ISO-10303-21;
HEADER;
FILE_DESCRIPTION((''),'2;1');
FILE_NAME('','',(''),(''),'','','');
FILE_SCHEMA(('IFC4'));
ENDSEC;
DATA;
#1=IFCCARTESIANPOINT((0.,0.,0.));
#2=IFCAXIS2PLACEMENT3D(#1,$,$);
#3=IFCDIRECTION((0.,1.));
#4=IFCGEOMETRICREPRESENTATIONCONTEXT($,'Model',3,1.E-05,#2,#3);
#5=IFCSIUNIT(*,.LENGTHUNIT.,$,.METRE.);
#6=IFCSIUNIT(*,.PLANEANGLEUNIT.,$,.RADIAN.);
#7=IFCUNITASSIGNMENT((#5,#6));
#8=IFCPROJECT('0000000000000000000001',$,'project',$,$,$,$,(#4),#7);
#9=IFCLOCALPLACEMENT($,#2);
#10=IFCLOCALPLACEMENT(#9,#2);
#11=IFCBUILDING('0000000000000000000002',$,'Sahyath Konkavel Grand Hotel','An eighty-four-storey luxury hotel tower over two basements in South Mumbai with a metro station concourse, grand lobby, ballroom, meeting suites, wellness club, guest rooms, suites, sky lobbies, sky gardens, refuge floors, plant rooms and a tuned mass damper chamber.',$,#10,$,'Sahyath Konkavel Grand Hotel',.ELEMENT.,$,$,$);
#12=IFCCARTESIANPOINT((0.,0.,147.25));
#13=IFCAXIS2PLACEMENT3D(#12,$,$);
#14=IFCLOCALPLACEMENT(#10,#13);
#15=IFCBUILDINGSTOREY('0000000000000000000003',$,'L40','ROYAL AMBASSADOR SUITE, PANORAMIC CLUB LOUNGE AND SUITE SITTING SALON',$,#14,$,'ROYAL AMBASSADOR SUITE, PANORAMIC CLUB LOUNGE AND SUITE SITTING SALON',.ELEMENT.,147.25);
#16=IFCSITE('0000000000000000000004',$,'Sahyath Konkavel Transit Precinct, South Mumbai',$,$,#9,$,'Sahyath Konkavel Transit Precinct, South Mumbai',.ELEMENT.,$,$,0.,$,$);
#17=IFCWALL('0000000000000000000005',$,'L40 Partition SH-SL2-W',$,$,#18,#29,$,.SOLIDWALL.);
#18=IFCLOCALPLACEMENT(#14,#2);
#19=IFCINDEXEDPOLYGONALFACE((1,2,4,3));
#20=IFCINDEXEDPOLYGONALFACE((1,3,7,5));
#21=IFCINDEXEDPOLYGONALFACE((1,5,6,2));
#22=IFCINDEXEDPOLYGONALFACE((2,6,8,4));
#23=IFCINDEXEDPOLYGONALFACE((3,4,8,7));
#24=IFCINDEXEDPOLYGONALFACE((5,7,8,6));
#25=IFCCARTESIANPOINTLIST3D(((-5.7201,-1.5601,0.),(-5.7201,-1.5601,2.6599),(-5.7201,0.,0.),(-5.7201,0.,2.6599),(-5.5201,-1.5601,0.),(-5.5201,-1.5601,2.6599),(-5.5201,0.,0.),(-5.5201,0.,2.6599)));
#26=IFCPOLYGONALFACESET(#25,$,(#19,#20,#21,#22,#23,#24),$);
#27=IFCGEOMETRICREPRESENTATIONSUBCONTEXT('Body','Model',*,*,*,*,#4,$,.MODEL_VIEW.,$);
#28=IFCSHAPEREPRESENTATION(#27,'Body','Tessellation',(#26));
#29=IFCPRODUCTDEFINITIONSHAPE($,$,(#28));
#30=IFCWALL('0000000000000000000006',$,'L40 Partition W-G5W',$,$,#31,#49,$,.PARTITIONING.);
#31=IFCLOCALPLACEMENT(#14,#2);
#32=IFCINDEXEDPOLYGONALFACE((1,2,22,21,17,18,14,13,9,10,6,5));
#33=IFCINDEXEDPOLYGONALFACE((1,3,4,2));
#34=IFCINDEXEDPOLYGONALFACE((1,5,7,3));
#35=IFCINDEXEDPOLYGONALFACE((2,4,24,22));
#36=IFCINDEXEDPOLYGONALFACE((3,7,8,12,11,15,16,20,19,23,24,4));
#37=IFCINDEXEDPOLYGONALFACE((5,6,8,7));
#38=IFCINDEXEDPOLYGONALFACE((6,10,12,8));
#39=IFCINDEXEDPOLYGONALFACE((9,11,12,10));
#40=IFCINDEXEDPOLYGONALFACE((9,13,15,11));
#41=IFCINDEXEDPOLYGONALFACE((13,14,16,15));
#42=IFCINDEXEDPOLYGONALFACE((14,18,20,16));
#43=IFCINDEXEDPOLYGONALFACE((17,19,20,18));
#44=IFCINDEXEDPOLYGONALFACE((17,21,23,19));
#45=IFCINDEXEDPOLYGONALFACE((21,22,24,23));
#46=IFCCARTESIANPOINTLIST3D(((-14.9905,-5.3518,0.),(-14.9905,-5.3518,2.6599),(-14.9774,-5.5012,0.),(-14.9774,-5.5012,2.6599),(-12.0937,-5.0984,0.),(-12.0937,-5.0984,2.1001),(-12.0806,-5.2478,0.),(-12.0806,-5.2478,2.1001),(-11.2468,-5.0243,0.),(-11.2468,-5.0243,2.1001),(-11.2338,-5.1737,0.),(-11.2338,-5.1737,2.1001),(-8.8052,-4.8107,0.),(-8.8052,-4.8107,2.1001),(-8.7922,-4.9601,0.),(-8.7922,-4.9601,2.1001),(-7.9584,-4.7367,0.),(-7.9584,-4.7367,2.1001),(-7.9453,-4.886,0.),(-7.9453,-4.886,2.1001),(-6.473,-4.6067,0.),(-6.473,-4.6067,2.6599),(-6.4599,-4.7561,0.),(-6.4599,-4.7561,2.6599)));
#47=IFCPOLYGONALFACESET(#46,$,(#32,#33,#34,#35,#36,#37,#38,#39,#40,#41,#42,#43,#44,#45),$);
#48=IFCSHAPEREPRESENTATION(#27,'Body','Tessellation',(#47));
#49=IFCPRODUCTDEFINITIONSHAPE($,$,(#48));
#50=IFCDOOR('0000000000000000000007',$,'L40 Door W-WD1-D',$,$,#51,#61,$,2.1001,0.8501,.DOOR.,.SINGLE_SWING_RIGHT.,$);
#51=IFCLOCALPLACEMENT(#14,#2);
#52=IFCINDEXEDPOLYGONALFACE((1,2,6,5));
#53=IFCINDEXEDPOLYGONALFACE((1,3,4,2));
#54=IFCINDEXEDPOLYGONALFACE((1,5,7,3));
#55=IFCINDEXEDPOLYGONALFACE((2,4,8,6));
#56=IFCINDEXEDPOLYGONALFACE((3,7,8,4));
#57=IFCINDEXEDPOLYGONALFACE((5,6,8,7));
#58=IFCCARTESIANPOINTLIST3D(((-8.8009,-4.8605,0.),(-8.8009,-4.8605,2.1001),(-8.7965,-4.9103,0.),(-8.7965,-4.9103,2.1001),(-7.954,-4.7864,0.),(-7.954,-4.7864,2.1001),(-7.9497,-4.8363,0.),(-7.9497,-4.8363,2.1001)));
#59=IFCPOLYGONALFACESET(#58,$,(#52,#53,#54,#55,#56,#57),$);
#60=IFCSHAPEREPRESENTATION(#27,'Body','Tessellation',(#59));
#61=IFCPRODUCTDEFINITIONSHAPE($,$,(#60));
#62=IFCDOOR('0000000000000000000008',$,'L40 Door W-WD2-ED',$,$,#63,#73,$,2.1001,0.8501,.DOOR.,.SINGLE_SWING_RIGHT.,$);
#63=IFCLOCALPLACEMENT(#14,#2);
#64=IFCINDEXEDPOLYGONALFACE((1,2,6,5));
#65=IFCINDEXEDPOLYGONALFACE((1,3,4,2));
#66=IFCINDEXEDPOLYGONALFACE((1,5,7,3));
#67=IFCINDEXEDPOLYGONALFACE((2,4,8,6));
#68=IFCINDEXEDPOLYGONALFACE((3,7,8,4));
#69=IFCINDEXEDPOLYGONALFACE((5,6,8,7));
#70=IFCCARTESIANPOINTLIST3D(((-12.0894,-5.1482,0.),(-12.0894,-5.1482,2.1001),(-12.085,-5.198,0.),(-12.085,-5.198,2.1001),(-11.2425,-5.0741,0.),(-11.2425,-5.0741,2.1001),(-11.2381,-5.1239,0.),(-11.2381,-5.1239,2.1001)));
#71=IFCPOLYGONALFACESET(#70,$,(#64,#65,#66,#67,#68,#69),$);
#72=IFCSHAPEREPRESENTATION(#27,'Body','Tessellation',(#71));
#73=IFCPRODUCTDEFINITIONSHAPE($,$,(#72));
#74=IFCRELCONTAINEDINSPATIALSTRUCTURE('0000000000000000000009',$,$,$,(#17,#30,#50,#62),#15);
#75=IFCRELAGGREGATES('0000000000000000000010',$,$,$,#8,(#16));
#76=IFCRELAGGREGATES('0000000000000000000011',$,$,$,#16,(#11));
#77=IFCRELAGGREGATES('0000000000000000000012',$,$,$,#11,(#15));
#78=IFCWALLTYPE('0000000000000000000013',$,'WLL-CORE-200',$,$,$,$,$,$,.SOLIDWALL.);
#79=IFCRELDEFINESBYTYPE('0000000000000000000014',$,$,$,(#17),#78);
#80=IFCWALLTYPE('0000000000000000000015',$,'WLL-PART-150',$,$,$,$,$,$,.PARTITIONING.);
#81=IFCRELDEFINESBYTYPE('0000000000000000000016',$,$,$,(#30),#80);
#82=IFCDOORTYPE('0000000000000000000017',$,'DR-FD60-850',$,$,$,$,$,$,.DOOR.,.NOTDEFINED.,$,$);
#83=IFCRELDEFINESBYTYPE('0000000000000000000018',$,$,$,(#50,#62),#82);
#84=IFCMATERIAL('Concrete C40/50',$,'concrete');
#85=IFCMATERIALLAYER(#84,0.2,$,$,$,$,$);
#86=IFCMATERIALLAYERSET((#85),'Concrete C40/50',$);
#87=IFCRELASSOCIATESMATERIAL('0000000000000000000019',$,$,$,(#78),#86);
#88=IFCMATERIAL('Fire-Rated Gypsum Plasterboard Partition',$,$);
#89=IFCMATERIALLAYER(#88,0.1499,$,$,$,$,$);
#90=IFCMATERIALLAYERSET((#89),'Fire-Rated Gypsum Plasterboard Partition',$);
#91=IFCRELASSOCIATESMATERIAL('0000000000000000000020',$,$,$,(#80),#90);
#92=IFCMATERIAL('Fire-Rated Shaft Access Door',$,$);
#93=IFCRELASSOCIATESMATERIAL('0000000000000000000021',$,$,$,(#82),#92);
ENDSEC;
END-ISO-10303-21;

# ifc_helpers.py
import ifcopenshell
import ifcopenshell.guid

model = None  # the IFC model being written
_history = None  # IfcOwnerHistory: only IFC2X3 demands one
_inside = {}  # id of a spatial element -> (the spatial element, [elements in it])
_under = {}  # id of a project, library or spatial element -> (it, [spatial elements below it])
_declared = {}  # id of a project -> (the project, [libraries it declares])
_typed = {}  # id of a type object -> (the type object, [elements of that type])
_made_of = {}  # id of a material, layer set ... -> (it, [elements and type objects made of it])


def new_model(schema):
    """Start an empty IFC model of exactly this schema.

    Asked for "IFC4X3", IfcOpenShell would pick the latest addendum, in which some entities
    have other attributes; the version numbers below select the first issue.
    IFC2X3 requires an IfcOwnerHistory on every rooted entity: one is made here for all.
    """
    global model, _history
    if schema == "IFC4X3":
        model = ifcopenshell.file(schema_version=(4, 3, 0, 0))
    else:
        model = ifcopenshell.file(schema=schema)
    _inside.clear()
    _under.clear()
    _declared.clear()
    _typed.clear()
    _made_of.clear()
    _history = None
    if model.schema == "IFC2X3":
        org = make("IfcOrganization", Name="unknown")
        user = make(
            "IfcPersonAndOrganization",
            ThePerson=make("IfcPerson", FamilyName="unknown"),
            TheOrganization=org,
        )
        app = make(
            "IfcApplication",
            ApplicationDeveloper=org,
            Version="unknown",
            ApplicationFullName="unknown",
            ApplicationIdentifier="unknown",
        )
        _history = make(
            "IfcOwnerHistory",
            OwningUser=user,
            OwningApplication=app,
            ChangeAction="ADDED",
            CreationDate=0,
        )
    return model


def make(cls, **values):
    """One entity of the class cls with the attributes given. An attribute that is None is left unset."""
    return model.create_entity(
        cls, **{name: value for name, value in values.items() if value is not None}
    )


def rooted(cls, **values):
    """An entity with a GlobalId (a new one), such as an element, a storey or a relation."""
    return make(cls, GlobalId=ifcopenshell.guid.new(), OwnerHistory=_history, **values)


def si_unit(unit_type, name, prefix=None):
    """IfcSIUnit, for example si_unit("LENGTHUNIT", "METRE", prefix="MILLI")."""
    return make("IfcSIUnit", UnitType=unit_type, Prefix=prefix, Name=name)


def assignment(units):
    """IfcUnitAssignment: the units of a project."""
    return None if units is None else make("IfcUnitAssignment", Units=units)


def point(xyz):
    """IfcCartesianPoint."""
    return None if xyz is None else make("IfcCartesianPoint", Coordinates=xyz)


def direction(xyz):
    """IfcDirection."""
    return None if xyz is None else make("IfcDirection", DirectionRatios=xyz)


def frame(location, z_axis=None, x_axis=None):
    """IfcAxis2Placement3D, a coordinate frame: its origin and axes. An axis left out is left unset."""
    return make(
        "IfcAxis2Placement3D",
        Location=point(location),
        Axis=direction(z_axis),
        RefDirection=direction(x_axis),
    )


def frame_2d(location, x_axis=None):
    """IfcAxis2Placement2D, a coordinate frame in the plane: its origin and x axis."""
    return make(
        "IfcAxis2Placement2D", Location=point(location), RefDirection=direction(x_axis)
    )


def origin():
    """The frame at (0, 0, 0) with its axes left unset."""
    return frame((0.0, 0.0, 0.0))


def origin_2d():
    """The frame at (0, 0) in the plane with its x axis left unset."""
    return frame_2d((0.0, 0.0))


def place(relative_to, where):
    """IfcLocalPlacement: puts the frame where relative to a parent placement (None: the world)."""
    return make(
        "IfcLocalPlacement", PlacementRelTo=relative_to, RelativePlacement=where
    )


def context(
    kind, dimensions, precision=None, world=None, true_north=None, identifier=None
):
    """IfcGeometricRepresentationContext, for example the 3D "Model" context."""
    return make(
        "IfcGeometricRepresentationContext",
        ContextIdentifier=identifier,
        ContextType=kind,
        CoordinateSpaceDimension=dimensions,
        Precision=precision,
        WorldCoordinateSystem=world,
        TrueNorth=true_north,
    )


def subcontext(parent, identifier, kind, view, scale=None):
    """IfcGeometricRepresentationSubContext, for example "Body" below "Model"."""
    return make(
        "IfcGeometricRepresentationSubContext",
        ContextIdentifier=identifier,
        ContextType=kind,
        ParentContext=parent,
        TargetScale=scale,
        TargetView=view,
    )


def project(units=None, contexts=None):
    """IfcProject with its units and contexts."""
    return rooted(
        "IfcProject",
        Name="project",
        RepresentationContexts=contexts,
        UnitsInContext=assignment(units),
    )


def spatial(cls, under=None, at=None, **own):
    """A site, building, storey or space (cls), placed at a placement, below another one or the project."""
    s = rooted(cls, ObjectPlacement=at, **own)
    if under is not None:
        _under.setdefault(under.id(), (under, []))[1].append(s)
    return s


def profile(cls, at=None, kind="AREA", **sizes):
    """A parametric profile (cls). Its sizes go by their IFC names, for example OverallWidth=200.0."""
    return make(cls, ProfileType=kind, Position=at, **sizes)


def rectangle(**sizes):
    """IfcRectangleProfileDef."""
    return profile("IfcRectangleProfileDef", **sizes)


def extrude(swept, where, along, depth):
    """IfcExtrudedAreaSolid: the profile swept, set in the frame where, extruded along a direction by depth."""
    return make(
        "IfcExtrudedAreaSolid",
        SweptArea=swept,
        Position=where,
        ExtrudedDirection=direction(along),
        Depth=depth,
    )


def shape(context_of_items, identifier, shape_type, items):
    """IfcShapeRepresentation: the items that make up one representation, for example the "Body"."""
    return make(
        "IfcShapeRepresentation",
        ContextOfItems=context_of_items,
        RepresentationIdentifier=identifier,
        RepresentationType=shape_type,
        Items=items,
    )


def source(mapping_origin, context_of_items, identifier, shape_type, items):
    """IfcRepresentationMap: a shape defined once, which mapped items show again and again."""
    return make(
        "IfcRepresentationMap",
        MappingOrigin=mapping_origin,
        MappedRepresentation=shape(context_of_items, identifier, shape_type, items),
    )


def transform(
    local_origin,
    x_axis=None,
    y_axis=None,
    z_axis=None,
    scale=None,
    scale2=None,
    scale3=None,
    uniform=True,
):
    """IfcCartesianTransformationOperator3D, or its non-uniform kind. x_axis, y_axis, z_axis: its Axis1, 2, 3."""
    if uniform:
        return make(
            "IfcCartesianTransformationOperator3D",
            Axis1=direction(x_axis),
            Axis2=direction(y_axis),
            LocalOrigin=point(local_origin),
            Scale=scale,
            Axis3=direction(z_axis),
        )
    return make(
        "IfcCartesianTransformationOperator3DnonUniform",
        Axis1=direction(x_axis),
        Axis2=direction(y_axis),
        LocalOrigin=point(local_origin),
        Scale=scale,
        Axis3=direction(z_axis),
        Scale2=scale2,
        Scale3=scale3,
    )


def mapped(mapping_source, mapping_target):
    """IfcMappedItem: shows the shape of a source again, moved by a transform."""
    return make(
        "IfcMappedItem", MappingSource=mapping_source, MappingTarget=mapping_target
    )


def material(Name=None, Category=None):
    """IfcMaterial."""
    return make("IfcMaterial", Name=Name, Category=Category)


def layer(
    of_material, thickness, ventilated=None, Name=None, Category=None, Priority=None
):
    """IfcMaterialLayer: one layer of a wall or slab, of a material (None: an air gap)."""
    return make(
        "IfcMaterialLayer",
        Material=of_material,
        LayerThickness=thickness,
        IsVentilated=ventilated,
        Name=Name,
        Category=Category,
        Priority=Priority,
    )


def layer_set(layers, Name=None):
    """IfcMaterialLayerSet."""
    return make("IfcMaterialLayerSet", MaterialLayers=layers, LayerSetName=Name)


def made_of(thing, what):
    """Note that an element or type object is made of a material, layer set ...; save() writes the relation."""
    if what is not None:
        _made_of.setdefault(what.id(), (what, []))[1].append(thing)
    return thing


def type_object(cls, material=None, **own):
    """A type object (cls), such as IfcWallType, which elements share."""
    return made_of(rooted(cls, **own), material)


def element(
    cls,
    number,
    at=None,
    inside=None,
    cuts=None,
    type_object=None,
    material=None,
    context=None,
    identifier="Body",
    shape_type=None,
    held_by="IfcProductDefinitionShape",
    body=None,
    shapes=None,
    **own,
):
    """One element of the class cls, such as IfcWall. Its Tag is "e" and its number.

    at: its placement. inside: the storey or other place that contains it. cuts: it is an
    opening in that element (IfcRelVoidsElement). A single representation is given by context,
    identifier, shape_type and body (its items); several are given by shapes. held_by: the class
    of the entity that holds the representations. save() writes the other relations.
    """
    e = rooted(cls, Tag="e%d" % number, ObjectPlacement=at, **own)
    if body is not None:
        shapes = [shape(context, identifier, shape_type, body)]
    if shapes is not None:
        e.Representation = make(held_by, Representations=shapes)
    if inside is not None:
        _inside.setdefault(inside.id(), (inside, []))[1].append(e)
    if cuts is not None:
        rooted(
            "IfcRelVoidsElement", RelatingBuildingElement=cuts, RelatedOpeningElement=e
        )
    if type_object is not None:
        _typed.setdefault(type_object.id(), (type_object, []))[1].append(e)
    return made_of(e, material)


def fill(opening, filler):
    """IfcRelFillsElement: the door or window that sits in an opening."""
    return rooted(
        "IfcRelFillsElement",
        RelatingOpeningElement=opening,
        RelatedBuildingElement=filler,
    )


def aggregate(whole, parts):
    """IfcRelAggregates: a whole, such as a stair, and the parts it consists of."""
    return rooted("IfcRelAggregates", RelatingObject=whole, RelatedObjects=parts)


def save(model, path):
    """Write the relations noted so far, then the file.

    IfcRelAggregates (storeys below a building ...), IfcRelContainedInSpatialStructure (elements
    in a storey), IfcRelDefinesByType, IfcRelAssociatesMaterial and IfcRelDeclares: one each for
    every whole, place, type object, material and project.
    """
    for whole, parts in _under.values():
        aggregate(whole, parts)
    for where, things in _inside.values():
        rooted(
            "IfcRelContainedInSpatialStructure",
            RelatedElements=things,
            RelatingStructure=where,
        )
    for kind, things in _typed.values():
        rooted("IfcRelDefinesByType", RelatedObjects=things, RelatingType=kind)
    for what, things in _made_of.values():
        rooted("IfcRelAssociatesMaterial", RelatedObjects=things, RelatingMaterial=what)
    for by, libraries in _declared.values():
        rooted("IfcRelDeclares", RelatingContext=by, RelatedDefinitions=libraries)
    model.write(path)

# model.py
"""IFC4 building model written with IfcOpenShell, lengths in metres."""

from ifc_helpers import new_model, si_unit, direction, frame, frame_2d, origin, origin_2d, place, context, subcontext, project, spatial, rectangle, extrude, source, transform, mapped, material, layer, layer_set, type_object, element, fill, save


model = new_model("IFC4")

# Units and contexts
model_context = context("Model", 3, precision=1e-05, world=origin(), true_north=direction((0.0, 1.0)))
body_context = subcontext(model_context, "Body", "Model", "MODEL_VIEW")
ifc_project = project(units=[si_unit("LENGTHUNIT", "METRE"), si_unit("PLANEANGLEUNIT", "RADIAN")], contexts=[model_context])

# Site, building, storey
site_placement = place(None, origin())
site = spatial("IfcSite", under=ifc_project, at=site_placement, Name="Sahyath Konkavel Transit Precinct, South Mumbai", LongName="Sahyath Konkavel Transit Precinct, South Mumbai", CompositionType="ELEMENT", RefElevation=0.0)
building_placement = place(site_placement, origin())
building = spatial("IfcBuilding", under=site, at=building_placement, Name="Sahyath Konkavel Grand Hotel", Description="An eighty-four-storey luxury hotel tower over two basements in South Mumbai with a metro station concourse, grand lobby, ballroom, meeting suites, wellness club, guest rooms, suites, sky lobbies, sky gardens, refuge floors, plant rooms and a tuned mass damper chamber.", LongName="Sahyath Konkavel Grand Hotel", CompositionType="ELEMENT")
storey_placement = place(building_placement, frame((0.0, 0.0, 147.25)))
storey = spatial("IfcBuildingStorey", under=building, at=storey_placement, Name="L40", Description="ROYAL AMBASSADOR SUITE, PANORAMIC CLUB LOUNGE AND SUITE SITTING SALON", LongName="ROYAL AMBASSADOR SUITE, PANORAMIC CLUB LOUNGE AND SUITE SITTING SALON", CompositionType="ELEMENT", Elevation=147.25)

# Shared definitions
ifc_material_1 = material(Name="Concrete C40/50", Category="concrete")
ifc_layer_1 = layer(ifc_material_1, 0.2)
ifc_layer_set_1 = layer_set([ifc_layer_1], Name="Concrete C40/50")
wall_type_1 = type_object("IfcWallType", Name="WLL-CORE-200", PredefinedType="SOLIDWALL", material=ifc_layer_set_1)

# Wall
wall_1_placement = place(storey_placement, frame((-5.6201, -1.5601, 0.0), z_axis=(0.0, 0.0, 1.0), x_axis=(0.0, 1.0, 0.0)))
element("IfcWall", 1, at=wall_1_placement, inside=storey, type_object=wall_type_1, Name="L40 Partition SH-SL2-W", PredefinedType="SOLIDWALL", context=body_context, shape_type="SweptSolid", body=[
    extrude(rectangle(XDim=1.5601, YDim=0.2, at=frame_2d((0.78, 0.0))), origin(), (0.0, 0.0, 1.0), 2.6599),
])

# Wall, openings, doors
ifc_material_2 = material(Name="Fire-Rated Gypsum Plasterboard Partition")
ifc_layer_2 = layer(ifc_material_2, 0.1499)
ifc_layer_set_2 = layer_set([ifc_layer_2], Name="Fire-Rated Gypsum Plasterboard Partition")
wall_type_2 = type_object("IfcWallType", Name="WLL-PART-150", PredefinedType="PARTITIONING", material=ifc_layer_set_2)
wall_2_placement = place(storey_placement, frame((-6.4666, -4.6814, 0.0), z_axis=(0.0, 0.0, 1.0), x_axis=(-0.996195, -0.087147, 0.0)))
wall_2 = element("IfcWall", 2, at=wall_2_placement, inside=storey, type_object=wall_type_2, Name="L40 Partition W-G5W", PredefinedType="PARTITIONING", context=body_context, shape_type="SweptSolid", body=[
    extrude(rectangle(XDim=8.55, YDim=0.1499, at=frame_2d((4.2749, 0.0))), origin(), (0.0, 0.0, 1.0), 2.6599),
])
opening_1_placement = place(wall_2_placement, frame((1.491, 0.0, 0.0)))
opening_1 = element("IfcOpeningElement", 3, at=opening_1_placement, cuts=wall_2, PredefinedType="OPENING", context=body_context, shape_type="SweptSolid", body=[
    extrude(rectangle(XDim=0.8501, YDim=2.1001, at=frame_2d((0.425, 1.05))), frame((0.0, 0.085, 0.0), z_axis=(0.0, -1.0, 0.0), x_axis=(1.0, 0.0, 0.0)), (0.0, 0.0, 1.0), 0.1699),
])
opening_2_placement = place(wall_2_placement, frame((4.792, 0.0, 0.0)))
opening_2 = element("IfcOpeningElement", 4, at=opening_2_placement, cuts=wall_2, PredefinedType="OPENING", context=body_context, shape_type="SweptSolid", body=[
    extrude(rectangle(XDim=0.8501, YDim=2.1001, at=frame_2d((0.425, 1.05))), frame((0.0, 0.085, 0.0), z_axis=(0.0, -1.0, 0.0), x_axis=(1.0, 0.0, 0.0)), (0.0, 0.0, 1.0), 0.1699),
])
ifc_material_3 = material(Name="Fire-Rated Shaft Access Door")
door_type_1 = type_object("IfcDoorType", Name="DR-FD60-850", OperationType="NOTDEFINED", PredefinedType="DOOR", material=ifc_material_3)
shared_shape_1 = source(origin(), body_context, "Body", "SweptSolid", [
    extrude(rectangle(XDim=0.8501, YDim=0.05, at=origin_2d()), origin(), (0.0, 0.0, 1.0), 2.1001),
])
door_1_placement = place(opening_1_placement, frame((0.425, 0.0, 0.0)))
door_1 = element("IfcDoor", 5, at=door_1_placement, inside=storey, type_object=door_type_1, Name="L40 Door W-WD1-D", OperationType="SINGLE_SWING_RIGHT", OverallHeight=2.1001, OverallWidth=0.8501, PredefinedType="DOOR", context=body_context, shape_type="MappedRepresentation", body=[
    mapped(shared_shape_1, transform((0.0, 0.0, 0.0), scale=1.0)),
])
fill(opening_1, door_1)
door_2_placement = place(opening_2_placement, frame((0.425, 0.0, 0.0)))
door_2 = element("IfcDoor", 6, at=door_2_placement, inside=storey, type_object=door_type_1, Name="L40 Door W-WD2-ED", OperationType="SINGLE_SWING_RIGHT", OverallHeight=2.1001, OverallWidth=0.8501, PredefinedType="DOOR", context=body_context, shape_type="MappedRepresentation", body=[
    mapped(shared_shape_1, transform((0.0, 0.0, 0.0), scale=1.0)),
])
fill(opening_2, door_2)

save(model, "model.ifc")
